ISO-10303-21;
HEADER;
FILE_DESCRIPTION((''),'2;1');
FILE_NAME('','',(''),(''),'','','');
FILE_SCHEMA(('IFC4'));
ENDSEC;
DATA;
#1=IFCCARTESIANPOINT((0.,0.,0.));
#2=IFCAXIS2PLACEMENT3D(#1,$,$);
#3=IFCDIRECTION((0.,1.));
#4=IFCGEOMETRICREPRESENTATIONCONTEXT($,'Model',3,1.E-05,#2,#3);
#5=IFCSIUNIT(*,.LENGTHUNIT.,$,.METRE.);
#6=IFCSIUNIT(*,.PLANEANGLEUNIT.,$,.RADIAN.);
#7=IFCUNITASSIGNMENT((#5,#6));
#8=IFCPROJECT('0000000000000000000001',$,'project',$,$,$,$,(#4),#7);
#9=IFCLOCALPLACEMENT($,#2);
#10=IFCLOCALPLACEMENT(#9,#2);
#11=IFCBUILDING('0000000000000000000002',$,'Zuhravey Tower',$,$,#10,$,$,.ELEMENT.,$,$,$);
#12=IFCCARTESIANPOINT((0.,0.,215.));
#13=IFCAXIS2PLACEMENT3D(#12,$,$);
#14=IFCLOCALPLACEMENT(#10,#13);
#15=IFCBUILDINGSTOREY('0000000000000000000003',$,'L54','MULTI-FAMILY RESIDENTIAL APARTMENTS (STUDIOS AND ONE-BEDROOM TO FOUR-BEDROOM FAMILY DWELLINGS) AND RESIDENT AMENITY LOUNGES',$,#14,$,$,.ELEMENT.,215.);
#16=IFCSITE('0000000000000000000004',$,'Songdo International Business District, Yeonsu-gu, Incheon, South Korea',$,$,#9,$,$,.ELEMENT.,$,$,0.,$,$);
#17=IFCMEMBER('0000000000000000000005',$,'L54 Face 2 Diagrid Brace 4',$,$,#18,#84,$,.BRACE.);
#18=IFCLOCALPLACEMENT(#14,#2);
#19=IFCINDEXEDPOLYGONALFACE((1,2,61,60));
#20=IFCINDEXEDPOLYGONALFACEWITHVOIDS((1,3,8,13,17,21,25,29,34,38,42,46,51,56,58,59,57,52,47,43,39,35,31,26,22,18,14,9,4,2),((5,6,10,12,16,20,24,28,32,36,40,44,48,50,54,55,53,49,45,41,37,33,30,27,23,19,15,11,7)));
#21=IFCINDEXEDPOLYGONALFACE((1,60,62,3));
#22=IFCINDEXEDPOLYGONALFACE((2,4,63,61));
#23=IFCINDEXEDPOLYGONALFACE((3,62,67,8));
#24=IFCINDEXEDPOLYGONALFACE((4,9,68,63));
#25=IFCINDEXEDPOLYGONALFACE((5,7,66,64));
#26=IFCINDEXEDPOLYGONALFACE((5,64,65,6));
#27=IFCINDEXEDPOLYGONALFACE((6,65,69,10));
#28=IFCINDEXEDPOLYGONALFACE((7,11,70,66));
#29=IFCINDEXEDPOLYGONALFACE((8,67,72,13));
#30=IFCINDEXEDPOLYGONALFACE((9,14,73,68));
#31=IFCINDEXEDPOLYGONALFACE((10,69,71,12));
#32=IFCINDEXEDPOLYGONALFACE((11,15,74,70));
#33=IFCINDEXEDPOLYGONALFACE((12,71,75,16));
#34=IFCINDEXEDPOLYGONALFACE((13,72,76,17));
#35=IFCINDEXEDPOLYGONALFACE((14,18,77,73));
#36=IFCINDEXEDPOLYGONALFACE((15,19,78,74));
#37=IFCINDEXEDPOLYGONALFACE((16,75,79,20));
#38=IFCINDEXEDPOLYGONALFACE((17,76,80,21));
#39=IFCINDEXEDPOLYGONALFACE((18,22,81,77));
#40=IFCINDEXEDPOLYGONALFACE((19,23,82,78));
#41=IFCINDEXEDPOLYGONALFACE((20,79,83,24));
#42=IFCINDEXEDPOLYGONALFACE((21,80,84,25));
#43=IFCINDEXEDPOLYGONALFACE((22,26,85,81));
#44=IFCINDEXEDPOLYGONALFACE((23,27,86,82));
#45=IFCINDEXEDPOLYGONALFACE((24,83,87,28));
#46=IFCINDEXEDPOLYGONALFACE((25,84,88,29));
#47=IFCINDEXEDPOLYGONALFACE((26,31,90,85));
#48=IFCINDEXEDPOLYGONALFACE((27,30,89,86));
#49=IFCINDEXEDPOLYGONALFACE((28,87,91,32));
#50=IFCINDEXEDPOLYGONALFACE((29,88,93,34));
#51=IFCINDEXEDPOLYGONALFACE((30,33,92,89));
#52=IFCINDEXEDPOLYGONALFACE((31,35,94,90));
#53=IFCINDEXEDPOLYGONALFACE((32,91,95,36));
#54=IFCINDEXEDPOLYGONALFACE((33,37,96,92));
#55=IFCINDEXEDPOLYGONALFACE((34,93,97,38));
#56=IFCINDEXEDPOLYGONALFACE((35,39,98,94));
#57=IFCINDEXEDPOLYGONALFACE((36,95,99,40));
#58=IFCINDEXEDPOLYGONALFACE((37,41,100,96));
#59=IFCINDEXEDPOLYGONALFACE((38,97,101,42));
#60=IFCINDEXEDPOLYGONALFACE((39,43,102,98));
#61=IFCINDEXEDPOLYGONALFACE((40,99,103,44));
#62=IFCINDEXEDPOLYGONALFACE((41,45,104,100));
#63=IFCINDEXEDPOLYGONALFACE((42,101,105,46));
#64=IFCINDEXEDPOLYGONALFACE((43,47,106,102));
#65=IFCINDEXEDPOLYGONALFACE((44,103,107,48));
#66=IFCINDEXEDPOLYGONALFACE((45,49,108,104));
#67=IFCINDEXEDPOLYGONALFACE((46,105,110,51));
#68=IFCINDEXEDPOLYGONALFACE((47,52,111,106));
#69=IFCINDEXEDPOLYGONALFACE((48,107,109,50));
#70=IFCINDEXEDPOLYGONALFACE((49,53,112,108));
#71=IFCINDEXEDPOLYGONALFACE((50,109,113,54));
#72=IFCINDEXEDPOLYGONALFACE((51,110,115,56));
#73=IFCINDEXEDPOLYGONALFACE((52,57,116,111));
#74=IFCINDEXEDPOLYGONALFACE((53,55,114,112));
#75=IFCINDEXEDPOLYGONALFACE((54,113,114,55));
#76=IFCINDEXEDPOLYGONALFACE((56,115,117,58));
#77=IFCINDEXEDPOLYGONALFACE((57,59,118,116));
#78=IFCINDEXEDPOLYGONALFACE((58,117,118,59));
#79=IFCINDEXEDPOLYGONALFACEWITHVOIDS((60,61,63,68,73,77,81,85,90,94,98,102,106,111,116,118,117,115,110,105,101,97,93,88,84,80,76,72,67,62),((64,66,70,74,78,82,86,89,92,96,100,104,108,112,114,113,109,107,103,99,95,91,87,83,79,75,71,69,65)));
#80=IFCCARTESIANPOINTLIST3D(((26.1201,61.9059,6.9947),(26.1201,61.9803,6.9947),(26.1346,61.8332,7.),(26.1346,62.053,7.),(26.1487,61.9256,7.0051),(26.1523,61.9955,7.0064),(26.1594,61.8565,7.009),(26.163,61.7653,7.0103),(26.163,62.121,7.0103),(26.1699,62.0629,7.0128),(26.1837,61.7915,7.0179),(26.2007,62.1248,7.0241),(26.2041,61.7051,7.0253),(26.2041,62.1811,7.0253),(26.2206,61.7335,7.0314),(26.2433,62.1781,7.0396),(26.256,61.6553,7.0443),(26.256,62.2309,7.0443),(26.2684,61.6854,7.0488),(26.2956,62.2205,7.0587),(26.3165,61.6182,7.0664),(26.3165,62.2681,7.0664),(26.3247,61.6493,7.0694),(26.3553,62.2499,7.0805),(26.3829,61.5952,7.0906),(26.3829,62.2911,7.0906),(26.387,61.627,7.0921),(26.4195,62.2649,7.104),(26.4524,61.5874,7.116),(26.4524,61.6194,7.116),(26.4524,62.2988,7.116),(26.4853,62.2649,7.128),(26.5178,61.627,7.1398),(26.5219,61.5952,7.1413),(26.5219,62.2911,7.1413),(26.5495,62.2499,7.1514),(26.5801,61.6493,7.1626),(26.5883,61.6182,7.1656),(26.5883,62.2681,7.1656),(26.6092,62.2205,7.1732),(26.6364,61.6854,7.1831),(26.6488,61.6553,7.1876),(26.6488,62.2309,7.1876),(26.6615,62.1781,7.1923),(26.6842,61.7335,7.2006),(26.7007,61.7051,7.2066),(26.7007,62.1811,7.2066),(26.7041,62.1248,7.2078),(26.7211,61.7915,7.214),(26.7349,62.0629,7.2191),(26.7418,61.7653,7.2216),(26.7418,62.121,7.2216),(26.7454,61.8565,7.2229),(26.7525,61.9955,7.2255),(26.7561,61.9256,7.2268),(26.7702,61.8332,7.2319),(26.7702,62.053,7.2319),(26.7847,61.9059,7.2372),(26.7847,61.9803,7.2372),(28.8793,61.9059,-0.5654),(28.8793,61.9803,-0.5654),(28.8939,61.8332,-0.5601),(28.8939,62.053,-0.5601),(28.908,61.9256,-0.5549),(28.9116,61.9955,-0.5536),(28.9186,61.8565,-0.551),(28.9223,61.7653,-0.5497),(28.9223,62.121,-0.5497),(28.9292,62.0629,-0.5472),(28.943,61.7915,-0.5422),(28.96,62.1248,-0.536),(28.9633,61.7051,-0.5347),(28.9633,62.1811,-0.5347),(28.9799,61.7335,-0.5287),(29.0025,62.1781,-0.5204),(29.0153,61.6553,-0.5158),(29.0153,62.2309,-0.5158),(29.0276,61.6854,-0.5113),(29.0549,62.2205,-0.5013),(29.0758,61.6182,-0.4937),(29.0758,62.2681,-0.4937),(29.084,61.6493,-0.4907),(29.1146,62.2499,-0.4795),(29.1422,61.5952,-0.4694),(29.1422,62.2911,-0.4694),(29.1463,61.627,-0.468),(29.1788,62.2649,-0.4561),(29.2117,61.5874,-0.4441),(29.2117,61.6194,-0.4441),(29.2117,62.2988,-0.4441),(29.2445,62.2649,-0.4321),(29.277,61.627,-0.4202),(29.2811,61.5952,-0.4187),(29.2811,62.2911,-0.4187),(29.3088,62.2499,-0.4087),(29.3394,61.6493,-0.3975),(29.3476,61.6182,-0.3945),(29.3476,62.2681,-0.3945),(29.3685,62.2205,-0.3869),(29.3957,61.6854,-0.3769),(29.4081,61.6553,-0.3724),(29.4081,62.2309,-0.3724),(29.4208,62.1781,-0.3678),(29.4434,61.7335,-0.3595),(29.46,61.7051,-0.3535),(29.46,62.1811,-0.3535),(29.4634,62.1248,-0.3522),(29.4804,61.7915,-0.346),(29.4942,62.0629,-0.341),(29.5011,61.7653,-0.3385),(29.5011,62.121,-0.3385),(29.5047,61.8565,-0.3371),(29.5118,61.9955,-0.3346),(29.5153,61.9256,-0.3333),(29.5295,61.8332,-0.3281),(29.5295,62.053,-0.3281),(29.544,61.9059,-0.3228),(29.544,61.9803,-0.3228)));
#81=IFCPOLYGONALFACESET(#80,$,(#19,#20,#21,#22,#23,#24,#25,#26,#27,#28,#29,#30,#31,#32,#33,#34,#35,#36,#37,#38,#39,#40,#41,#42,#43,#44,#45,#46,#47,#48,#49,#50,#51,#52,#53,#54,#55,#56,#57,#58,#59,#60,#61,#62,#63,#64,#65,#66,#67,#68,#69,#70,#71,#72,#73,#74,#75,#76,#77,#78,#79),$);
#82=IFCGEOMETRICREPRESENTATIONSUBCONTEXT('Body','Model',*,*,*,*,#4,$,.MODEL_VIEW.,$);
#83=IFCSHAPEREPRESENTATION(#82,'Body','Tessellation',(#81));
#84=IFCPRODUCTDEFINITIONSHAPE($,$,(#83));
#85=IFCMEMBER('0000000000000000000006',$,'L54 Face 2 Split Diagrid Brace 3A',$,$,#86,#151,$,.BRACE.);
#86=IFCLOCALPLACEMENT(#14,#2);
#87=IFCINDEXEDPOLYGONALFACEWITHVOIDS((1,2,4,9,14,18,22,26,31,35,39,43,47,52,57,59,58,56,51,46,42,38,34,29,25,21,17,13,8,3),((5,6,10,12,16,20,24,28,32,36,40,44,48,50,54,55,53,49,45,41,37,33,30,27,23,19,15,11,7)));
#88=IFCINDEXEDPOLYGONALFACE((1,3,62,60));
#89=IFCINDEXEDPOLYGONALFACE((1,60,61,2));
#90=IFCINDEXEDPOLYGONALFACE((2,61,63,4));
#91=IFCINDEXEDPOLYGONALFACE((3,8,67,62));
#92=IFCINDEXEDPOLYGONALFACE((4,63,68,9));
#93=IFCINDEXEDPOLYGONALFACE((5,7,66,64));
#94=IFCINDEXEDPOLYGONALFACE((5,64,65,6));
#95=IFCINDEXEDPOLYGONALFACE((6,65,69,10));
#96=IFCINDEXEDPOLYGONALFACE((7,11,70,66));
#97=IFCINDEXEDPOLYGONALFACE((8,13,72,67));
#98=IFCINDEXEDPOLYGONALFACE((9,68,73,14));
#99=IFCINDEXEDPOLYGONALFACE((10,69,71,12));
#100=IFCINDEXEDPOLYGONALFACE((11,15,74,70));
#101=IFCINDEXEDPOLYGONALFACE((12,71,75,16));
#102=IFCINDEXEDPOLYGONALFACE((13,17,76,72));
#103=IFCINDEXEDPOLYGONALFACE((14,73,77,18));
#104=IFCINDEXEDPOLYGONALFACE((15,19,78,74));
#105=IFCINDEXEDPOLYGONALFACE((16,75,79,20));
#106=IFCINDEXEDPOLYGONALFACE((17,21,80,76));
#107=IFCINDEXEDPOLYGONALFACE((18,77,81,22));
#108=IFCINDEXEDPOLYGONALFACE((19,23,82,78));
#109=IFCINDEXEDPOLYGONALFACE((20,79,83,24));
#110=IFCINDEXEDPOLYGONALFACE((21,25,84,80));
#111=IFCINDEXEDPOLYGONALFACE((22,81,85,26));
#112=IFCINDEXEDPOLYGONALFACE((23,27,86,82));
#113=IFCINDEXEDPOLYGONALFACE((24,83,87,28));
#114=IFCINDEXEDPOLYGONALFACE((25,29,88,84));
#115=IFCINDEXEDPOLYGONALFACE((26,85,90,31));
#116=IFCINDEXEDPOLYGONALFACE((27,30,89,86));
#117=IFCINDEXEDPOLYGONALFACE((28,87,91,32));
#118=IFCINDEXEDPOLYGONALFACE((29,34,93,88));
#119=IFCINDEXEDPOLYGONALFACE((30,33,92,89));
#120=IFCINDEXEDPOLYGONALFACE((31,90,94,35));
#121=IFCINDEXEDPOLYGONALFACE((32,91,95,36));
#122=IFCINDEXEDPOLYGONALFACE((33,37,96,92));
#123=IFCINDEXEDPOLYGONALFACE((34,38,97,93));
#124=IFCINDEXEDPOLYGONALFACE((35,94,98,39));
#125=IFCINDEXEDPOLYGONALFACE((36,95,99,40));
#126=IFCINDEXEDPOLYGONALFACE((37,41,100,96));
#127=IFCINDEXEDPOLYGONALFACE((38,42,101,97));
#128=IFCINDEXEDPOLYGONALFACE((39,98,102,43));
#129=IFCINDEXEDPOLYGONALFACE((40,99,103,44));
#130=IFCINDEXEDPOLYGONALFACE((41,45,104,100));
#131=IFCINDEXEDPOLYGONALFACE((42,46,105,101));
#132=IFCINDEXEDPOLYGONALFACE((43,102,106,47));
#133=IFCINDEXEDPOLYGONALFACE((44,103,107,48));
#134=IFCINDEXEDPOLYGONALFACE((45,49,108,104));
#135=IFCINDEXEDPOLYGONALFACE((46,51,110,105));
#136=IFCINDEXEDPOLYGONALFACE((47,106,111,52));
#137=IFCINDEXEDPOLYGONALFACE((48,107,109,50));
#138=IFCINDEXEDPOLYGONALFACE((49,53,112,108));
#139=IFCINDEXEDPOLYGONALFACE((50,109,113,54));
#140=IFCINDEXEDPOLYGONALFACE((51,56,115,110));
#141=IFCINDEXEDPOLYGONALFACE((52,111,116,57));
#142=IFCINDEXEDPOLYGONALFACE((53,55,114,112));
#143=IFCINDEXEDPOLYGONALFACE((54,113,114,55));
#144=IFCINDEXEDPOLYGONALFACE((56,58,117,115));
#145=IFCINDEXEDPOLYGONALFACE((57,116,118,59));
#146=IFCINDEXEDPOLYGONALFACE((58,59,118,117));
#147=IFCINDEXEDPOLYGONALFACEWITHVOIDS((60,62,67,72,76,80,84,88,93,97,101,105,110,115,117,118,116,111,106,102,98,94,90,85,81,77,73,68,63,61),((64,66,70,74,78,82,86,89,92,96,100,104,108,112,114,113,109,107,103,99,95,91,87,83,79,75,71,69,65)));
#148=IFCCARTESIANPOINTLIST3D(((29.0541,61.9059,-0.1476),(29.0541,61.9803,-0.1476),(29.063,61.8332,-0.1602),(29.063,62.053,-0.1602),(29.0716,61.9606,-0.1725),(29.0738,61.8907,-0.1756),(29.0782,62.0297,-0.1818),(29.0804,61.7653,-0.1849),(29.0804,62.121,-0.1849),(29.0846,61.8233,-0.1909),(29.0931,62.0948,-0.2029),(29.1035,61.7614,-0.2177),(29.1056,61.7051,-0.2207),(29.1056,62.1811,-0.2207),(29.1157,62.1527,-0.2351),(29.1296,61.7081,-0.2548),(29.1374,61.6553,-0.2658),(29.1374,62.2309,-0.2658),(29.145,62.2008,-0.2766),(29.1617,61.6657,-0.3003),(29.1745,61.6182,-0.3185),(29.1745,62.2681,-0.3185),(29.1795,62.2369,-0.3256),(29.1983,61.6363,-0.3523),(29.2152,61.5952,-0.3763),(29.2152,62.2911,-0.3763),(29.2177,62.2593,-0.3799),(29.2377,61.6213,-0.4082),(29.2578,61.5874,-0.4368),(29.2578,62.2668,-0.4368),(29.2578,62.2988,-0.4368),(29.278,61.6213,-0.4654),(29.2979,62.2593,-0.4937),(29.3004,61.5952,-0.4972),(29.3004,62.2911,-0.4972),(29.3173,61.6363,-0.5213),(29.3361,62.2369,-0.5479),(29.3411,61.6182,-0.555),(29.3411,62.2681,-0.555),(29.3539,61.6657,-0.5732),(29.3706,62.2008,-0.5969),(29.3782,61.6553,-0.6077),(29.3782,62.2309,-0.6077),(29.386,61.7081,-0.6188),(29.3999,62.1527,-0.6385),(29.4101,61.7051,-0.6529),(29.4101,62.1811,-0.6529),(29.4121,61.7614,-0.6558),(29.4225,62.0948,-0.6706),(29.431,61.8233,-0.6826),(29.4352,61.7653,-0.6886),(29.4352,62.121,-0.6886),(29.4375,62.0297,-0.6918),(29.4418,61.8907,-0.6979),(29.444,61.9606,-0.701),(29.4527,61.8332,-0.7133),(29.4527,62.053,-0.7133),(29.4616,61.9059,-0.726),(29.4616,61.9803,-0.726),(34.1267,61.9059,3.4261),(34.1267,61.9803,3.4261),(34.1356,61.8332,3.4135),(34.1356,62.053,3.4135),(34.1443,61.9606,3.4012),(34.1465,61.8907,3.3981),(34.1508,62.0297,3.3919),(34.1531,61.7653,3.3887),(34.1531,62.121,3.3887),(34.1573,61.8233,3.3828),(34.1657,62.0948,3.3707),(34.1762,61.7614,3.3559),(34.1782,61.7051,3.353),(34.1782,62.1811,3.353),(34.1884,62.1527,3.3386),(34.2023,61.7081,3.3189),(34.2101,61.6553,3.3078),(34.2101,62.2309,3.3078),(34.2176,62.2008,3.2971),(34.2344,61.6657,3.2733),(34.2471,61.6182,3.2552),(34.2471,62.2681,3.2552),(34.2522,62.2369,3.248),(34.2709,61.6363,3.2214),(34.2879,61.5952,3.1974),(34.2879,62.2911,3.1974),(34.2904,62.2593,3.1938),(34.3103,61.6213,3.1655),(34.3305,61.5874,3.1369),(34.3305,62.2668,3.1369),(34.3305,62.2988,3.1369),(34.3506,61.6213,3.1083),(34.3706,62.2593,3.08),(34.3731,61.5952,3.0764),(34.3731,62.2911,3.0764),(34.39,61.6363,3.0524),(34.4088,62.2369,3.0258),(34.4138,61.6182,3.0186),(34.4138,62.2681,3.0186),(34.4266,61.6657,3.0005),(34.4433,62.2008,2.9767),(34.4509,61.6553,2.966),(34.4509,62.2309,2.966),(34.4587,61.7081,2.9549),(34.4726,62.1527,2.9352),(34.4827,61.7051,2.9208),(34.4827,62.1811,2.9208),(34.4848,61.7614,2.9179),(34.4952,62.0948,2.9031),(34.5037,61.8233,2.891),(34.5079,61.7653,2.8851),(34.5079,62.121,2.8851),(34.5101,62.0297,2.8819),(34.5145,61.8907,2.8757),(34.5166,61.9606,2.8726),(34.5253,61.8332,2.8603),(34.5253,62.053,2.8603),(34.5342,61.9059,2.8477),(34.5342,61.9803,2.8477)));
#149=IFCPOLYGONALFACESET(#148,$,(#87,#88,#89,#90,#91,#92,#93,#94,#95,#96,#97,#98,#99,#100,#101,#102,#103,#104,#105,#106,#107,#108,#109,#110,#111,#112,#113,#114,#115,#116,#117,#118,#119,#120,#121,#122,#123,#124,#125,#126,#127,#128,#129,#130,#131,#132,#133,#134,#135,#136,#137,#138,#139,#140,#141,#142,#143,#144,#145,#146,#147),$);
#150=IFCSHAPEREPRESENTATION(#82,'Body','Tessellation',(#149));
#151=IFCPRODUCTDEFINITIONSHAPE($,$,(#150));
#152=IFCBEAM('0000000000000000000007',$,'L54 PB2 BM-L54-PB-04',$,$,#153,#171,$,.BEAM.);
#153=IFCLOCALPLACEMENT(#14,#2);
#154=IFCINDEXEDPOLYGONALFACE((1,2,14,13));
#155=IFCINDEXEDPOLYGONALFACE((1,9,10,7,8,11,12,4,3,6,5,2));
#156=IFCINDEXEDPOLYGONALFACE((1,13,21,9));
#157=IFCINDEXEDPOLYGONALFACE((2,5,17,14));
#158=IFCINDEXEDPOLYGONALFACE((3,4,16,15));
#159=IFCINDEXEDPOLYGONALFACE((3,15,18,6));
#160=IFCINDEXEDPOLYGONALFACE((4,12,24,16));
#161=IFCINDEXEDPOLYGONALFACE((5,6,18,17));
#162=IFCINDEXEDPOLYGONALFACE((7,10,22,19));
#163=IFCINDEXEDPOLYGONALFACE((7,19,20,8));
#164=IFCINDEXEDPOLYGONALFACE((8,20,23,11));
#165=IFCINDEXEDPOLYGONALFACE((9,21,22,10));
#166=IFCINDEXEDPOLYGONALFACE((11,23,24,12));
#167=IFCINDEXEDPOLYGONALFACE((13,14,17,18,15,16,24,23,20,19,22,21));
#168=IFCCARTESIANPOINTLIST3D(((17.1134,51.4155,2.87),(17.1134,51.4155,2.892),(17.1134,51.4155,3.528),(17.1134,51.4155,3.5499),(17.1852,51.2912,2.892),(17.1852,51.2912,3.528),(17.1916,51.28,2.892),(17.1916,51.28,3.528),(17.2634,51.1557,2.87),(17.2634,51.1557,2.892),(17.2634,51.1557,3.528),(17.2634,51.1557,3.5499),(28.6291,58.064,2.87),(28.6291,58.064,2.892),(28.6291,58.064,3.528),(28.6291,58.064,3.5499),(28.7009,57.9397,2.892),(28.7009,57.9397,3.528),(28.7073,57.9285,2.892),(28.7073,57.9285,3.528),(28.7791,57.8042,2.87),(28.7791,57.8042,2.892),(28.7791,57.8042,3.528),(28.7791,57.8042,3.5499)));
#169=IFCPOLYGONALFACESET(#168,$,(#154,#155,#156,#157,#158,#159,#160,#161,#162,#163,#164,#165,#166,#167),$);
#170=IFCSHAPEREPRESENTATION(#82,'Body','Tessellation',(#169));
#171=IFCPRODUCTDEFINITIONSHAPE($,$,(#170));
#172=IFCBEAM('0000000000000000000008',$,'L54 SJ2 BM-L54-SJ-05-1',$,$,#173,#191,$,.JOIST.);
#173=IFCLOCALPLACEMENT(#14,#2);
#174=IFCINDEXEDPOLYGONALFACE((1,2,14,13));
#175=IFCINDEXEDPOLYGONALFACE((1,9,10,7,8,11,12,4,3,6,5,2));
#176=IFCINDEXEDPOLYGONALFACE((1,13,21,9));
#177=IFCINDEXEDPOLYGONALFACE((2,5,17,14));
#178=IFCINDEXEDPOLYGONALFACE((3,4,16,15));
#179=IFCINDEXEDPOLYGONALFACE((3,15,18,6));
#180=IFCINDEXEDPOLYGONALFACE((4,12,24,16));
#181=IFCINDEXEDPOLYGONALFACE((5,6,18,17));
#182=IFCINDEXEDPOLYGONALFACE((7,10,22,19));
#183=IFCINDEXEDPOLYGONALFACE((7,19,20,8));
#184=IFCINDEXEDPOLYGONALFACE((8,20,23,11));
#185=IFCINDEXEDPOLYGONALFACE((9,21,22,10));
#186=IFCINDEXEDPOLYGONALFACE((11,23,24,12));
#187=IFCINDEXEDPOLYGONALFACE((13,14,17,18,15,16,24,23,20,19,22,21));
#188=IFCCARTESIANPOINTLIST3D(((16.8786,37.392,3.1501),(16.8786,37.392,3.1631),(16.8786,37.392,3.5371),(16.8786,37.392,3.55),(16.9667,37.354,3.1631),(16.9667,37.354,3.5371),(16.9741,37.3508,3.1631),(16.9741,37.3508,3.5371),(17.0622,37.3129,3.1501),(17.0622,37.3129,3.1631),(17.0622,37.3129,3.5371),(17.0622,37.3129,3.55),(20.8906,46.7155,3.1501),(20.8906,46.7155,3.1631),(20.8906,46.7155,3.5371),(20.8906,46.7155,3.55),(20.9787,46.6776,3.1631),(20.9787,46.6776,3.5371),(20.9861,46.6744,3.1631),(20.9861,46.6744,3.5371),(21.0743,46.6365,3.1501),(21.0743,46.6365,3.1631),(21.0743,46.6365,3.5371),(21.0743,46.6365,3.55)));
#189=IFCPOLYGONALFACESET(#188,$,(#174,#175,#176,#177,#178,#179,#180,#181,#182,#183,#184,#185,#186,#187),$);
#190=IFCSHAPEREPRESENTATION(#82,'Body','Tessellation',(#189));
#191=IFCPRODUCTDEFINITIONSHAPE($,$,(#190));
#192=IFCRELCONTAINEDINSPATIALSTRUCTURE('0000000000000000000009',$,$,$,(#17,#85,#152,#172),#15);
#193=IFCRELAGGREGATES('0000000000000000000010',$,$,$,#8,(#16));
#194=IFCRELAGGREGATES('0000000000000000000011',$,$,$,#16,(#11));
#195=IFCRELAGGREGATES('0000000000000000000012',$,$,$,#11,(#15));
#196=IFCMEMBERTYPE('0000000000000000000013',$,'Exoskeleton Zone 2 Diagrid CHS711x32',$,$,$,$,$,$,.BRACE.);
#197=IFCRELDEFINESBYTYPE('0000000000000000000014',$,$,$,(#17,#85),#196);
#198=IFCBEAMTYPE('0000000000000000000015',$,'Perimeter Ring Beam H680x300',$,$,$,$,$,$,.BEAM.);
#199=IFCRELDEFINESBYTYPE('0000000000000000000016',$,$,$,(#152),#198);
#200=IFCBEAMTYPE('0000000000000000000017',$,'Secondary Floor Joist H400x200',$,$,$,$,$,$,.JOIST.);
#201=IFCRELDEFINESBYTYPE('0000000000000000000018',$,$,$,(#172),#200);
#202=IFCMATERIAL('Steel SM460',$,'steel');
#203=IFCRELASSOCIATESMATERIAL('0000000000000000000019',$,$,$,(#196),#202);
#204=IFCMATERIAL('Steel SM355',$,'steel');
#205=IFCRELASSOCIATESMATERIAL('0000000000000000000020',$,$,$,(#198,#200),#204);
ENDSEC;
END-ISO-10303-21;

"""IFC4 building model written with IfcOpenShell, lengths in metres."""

from ifc_helpers import new_model, si_unit, direction, frame, origin, origin_2d, place, context, subcontext, project, spatial, hollow_circle, i_section, extrude, material, material_profile, profile_set, type_object, element, save


model = new_model("IFC4")

# Units and contexts
model_context = context("Model", 3, precision=1e-05, world=origin(), true_north=direction((0.0, 1.0)))
body_context = subcontext(model_context, "Body", "Model", "MODEL_VIEW")
ifc_project = project(units=[si_unit("LENGTHUNIT", "METRE"), si_unit("PLANEANGLEUNIT", "RADIAN")], contexts=[model_context])

# Site, building, storey
site_placement = place(None, origin())
site = spatial("IfcSite", under=ifc_project, at=site_placement, Name="Songdo International Business District, Yeonsu-gu, Incheon, South Korea", CompositionType="ELEMENT", RefElevation=0.0)
building_placement = place(site_placement, origin())
building = spatial("IfcBuilding", under=site, at=building_placement, Name="Zuhravey Tower", CompositionType="ELEMENT")
storey_placement = place(building_placement, frame((0.0, 0.0, 215.0)))
storey = spatial("IfcBuildingStorey", under=building, at=storey_placement, Name="L54", Description="MULTI-FAMILY RESIDENTIAL APARTMENTS (STUDIOS AND ONE-BEDROOM TO FOUR-BEDROOM FAMILY DWELLINGS) AND RESIDENT AMENITY LOUNGES", CompositionType="ELEMENT", Elevation=215.0)

# Members
ifc_material_1 = material(Name="Steel SM460", Category="steel")
ifc_material_profile_1 = material_profile(ifc_material_1, hollow_circle(Radius=0.3557, WallThickness=0.032, at=origin_2d()), Name="CHS-711.2x32")
ifc_profile_set_1 = profile_set([ifc_material_profile_1], Name="Steel SM460")
member_type_1 = type_object("IfcMemberType", Name="Exoskeleton Zone 2 Diagrid CHS711x32", PredefinedType="BRACE", material=ifc_profile_set_1)
member_1_placement = place(storey_placement, frame((29.2117, 61.9431, -0.4441), z_axis=(-0.342858, 0.0, 0.939387), x_axis=(0.0, -1.0, 0.0)))
element("IfcMember", 1, at=member_1_placement, inside=storey, type_object=member_type_1, Name="L54 Face 2 Diagrid Brace 4", PredefinedType="BRACE", context=body_context, shape_type="SweptSolid", body=[
    extrude(hollow_circle(Radius=0.3557, WallThickness=0.032, at=origin_2d()), origin(), (0.0, 0.0, 1.0), 8.0479),
])
member_2_placement = place(storey_placement, frame((29.2578, 61.9431, -0.4368), z_axis=(0.817502, 0.0, 0.575926), x_axis=(0.0, 1.0, 0.0)))
element("IfcMember", 2, at=member_2_placement, inside=storey, type_object=member_type_1, Name="L54 Face 2 Split Diagrid Brace 3A", PredefinedType="BRACE", context=body_context, shape_type="SweptSolid", body=[
    extrude(hollow_circle(Radius=0.3557, WallThickness=0.032, at=origin_2d()), origin(), (0.0, 0.0, 1.0), 6.2051),
])

# Beams
ifc_material_2 = material(Name="Steel SM355", Category="steel")
ifc_material_profile_2 = material_profile(ifc_material_2, i_section(OverallWidth=0.3, OverallDepth=0.6799, WebThickness=0.0129, FlangeThickness=0.022, at=origin_2d()), Name="H-680x300x13x22")
ifc_profile_set_2 = profile_set([ifc_material_profile_2], Name="Steel SM355")
beam_type_1 = type_object("IfcBeamType", Name="Perimeter Ring Beam H680x300", PredefinedType="BEAM", material=ifc_profile_set_2)
beam_1_placement = place(storey_placement, frame((28.7041, 57.9341, 3.21), z_axis=(-0.866029, -0.499994, 0.0), x_axis=(0.499994, -0.866029, 0.0)))
element("IfcBeam", 3, at=beam_1_placement, inside=storey, type_object=beam_type_1, Name="L54 PB2 BM-L54-PB-04", PredefinedType="BEAM", context=body_context, shape_type="SweptSolid", body=[
    extrude(i_section(OverallWidth=0.3, OverallDepth=0.6799, WebThickness=0.0129, FlangeThickness=0.022, at=origin_2d()), origin(), (0.0, 0.0, 1.0), 13.2971),
])
ifc_material_profile_3 = material_profile(ifc_material_2, i_section(OverallWidth=0.2, OverallDepth=0.3999, WebThickness=0.0081, FlangeThickness=0.0129, at=origin_2d()), Name="H-400x200x8x13")
ifc_profile_set_3 = profile_set([ifc_material_profile_3], Name="Steel SM355")
beam_type_2 = type_object("IfcBeamType", Name="Secondary Floor Joist H400x200", PredefinedType="JOIST", material=ifc_profile_set_3)
beam_2_placement = place(storey_placement, frame((20.9824, 46.676, 3.3501), z_axis=(-0.395266, -0.918567, 0.0), x_axis=(0.918567, -0.395266, 0.0)))
element("IfcBeam", 4, at=beam_2_placement, inside=storey, type_object=beam_type_2, Name="L54 SJ2 BM-L54-SJ-05-1", PredefinedType="JOIST", context=body_context, shape_type="SweptSolid", body=[
    extrude(i_section(OverallWidth=0.2, OverallDepth=0.3999, WebThickness=0.0081, FlangeThickness=0.0129, at=origin_2d()), origin(), (0.0, 0.0, 1.0), 10.1501),
])

save(model, "model.ifc")
